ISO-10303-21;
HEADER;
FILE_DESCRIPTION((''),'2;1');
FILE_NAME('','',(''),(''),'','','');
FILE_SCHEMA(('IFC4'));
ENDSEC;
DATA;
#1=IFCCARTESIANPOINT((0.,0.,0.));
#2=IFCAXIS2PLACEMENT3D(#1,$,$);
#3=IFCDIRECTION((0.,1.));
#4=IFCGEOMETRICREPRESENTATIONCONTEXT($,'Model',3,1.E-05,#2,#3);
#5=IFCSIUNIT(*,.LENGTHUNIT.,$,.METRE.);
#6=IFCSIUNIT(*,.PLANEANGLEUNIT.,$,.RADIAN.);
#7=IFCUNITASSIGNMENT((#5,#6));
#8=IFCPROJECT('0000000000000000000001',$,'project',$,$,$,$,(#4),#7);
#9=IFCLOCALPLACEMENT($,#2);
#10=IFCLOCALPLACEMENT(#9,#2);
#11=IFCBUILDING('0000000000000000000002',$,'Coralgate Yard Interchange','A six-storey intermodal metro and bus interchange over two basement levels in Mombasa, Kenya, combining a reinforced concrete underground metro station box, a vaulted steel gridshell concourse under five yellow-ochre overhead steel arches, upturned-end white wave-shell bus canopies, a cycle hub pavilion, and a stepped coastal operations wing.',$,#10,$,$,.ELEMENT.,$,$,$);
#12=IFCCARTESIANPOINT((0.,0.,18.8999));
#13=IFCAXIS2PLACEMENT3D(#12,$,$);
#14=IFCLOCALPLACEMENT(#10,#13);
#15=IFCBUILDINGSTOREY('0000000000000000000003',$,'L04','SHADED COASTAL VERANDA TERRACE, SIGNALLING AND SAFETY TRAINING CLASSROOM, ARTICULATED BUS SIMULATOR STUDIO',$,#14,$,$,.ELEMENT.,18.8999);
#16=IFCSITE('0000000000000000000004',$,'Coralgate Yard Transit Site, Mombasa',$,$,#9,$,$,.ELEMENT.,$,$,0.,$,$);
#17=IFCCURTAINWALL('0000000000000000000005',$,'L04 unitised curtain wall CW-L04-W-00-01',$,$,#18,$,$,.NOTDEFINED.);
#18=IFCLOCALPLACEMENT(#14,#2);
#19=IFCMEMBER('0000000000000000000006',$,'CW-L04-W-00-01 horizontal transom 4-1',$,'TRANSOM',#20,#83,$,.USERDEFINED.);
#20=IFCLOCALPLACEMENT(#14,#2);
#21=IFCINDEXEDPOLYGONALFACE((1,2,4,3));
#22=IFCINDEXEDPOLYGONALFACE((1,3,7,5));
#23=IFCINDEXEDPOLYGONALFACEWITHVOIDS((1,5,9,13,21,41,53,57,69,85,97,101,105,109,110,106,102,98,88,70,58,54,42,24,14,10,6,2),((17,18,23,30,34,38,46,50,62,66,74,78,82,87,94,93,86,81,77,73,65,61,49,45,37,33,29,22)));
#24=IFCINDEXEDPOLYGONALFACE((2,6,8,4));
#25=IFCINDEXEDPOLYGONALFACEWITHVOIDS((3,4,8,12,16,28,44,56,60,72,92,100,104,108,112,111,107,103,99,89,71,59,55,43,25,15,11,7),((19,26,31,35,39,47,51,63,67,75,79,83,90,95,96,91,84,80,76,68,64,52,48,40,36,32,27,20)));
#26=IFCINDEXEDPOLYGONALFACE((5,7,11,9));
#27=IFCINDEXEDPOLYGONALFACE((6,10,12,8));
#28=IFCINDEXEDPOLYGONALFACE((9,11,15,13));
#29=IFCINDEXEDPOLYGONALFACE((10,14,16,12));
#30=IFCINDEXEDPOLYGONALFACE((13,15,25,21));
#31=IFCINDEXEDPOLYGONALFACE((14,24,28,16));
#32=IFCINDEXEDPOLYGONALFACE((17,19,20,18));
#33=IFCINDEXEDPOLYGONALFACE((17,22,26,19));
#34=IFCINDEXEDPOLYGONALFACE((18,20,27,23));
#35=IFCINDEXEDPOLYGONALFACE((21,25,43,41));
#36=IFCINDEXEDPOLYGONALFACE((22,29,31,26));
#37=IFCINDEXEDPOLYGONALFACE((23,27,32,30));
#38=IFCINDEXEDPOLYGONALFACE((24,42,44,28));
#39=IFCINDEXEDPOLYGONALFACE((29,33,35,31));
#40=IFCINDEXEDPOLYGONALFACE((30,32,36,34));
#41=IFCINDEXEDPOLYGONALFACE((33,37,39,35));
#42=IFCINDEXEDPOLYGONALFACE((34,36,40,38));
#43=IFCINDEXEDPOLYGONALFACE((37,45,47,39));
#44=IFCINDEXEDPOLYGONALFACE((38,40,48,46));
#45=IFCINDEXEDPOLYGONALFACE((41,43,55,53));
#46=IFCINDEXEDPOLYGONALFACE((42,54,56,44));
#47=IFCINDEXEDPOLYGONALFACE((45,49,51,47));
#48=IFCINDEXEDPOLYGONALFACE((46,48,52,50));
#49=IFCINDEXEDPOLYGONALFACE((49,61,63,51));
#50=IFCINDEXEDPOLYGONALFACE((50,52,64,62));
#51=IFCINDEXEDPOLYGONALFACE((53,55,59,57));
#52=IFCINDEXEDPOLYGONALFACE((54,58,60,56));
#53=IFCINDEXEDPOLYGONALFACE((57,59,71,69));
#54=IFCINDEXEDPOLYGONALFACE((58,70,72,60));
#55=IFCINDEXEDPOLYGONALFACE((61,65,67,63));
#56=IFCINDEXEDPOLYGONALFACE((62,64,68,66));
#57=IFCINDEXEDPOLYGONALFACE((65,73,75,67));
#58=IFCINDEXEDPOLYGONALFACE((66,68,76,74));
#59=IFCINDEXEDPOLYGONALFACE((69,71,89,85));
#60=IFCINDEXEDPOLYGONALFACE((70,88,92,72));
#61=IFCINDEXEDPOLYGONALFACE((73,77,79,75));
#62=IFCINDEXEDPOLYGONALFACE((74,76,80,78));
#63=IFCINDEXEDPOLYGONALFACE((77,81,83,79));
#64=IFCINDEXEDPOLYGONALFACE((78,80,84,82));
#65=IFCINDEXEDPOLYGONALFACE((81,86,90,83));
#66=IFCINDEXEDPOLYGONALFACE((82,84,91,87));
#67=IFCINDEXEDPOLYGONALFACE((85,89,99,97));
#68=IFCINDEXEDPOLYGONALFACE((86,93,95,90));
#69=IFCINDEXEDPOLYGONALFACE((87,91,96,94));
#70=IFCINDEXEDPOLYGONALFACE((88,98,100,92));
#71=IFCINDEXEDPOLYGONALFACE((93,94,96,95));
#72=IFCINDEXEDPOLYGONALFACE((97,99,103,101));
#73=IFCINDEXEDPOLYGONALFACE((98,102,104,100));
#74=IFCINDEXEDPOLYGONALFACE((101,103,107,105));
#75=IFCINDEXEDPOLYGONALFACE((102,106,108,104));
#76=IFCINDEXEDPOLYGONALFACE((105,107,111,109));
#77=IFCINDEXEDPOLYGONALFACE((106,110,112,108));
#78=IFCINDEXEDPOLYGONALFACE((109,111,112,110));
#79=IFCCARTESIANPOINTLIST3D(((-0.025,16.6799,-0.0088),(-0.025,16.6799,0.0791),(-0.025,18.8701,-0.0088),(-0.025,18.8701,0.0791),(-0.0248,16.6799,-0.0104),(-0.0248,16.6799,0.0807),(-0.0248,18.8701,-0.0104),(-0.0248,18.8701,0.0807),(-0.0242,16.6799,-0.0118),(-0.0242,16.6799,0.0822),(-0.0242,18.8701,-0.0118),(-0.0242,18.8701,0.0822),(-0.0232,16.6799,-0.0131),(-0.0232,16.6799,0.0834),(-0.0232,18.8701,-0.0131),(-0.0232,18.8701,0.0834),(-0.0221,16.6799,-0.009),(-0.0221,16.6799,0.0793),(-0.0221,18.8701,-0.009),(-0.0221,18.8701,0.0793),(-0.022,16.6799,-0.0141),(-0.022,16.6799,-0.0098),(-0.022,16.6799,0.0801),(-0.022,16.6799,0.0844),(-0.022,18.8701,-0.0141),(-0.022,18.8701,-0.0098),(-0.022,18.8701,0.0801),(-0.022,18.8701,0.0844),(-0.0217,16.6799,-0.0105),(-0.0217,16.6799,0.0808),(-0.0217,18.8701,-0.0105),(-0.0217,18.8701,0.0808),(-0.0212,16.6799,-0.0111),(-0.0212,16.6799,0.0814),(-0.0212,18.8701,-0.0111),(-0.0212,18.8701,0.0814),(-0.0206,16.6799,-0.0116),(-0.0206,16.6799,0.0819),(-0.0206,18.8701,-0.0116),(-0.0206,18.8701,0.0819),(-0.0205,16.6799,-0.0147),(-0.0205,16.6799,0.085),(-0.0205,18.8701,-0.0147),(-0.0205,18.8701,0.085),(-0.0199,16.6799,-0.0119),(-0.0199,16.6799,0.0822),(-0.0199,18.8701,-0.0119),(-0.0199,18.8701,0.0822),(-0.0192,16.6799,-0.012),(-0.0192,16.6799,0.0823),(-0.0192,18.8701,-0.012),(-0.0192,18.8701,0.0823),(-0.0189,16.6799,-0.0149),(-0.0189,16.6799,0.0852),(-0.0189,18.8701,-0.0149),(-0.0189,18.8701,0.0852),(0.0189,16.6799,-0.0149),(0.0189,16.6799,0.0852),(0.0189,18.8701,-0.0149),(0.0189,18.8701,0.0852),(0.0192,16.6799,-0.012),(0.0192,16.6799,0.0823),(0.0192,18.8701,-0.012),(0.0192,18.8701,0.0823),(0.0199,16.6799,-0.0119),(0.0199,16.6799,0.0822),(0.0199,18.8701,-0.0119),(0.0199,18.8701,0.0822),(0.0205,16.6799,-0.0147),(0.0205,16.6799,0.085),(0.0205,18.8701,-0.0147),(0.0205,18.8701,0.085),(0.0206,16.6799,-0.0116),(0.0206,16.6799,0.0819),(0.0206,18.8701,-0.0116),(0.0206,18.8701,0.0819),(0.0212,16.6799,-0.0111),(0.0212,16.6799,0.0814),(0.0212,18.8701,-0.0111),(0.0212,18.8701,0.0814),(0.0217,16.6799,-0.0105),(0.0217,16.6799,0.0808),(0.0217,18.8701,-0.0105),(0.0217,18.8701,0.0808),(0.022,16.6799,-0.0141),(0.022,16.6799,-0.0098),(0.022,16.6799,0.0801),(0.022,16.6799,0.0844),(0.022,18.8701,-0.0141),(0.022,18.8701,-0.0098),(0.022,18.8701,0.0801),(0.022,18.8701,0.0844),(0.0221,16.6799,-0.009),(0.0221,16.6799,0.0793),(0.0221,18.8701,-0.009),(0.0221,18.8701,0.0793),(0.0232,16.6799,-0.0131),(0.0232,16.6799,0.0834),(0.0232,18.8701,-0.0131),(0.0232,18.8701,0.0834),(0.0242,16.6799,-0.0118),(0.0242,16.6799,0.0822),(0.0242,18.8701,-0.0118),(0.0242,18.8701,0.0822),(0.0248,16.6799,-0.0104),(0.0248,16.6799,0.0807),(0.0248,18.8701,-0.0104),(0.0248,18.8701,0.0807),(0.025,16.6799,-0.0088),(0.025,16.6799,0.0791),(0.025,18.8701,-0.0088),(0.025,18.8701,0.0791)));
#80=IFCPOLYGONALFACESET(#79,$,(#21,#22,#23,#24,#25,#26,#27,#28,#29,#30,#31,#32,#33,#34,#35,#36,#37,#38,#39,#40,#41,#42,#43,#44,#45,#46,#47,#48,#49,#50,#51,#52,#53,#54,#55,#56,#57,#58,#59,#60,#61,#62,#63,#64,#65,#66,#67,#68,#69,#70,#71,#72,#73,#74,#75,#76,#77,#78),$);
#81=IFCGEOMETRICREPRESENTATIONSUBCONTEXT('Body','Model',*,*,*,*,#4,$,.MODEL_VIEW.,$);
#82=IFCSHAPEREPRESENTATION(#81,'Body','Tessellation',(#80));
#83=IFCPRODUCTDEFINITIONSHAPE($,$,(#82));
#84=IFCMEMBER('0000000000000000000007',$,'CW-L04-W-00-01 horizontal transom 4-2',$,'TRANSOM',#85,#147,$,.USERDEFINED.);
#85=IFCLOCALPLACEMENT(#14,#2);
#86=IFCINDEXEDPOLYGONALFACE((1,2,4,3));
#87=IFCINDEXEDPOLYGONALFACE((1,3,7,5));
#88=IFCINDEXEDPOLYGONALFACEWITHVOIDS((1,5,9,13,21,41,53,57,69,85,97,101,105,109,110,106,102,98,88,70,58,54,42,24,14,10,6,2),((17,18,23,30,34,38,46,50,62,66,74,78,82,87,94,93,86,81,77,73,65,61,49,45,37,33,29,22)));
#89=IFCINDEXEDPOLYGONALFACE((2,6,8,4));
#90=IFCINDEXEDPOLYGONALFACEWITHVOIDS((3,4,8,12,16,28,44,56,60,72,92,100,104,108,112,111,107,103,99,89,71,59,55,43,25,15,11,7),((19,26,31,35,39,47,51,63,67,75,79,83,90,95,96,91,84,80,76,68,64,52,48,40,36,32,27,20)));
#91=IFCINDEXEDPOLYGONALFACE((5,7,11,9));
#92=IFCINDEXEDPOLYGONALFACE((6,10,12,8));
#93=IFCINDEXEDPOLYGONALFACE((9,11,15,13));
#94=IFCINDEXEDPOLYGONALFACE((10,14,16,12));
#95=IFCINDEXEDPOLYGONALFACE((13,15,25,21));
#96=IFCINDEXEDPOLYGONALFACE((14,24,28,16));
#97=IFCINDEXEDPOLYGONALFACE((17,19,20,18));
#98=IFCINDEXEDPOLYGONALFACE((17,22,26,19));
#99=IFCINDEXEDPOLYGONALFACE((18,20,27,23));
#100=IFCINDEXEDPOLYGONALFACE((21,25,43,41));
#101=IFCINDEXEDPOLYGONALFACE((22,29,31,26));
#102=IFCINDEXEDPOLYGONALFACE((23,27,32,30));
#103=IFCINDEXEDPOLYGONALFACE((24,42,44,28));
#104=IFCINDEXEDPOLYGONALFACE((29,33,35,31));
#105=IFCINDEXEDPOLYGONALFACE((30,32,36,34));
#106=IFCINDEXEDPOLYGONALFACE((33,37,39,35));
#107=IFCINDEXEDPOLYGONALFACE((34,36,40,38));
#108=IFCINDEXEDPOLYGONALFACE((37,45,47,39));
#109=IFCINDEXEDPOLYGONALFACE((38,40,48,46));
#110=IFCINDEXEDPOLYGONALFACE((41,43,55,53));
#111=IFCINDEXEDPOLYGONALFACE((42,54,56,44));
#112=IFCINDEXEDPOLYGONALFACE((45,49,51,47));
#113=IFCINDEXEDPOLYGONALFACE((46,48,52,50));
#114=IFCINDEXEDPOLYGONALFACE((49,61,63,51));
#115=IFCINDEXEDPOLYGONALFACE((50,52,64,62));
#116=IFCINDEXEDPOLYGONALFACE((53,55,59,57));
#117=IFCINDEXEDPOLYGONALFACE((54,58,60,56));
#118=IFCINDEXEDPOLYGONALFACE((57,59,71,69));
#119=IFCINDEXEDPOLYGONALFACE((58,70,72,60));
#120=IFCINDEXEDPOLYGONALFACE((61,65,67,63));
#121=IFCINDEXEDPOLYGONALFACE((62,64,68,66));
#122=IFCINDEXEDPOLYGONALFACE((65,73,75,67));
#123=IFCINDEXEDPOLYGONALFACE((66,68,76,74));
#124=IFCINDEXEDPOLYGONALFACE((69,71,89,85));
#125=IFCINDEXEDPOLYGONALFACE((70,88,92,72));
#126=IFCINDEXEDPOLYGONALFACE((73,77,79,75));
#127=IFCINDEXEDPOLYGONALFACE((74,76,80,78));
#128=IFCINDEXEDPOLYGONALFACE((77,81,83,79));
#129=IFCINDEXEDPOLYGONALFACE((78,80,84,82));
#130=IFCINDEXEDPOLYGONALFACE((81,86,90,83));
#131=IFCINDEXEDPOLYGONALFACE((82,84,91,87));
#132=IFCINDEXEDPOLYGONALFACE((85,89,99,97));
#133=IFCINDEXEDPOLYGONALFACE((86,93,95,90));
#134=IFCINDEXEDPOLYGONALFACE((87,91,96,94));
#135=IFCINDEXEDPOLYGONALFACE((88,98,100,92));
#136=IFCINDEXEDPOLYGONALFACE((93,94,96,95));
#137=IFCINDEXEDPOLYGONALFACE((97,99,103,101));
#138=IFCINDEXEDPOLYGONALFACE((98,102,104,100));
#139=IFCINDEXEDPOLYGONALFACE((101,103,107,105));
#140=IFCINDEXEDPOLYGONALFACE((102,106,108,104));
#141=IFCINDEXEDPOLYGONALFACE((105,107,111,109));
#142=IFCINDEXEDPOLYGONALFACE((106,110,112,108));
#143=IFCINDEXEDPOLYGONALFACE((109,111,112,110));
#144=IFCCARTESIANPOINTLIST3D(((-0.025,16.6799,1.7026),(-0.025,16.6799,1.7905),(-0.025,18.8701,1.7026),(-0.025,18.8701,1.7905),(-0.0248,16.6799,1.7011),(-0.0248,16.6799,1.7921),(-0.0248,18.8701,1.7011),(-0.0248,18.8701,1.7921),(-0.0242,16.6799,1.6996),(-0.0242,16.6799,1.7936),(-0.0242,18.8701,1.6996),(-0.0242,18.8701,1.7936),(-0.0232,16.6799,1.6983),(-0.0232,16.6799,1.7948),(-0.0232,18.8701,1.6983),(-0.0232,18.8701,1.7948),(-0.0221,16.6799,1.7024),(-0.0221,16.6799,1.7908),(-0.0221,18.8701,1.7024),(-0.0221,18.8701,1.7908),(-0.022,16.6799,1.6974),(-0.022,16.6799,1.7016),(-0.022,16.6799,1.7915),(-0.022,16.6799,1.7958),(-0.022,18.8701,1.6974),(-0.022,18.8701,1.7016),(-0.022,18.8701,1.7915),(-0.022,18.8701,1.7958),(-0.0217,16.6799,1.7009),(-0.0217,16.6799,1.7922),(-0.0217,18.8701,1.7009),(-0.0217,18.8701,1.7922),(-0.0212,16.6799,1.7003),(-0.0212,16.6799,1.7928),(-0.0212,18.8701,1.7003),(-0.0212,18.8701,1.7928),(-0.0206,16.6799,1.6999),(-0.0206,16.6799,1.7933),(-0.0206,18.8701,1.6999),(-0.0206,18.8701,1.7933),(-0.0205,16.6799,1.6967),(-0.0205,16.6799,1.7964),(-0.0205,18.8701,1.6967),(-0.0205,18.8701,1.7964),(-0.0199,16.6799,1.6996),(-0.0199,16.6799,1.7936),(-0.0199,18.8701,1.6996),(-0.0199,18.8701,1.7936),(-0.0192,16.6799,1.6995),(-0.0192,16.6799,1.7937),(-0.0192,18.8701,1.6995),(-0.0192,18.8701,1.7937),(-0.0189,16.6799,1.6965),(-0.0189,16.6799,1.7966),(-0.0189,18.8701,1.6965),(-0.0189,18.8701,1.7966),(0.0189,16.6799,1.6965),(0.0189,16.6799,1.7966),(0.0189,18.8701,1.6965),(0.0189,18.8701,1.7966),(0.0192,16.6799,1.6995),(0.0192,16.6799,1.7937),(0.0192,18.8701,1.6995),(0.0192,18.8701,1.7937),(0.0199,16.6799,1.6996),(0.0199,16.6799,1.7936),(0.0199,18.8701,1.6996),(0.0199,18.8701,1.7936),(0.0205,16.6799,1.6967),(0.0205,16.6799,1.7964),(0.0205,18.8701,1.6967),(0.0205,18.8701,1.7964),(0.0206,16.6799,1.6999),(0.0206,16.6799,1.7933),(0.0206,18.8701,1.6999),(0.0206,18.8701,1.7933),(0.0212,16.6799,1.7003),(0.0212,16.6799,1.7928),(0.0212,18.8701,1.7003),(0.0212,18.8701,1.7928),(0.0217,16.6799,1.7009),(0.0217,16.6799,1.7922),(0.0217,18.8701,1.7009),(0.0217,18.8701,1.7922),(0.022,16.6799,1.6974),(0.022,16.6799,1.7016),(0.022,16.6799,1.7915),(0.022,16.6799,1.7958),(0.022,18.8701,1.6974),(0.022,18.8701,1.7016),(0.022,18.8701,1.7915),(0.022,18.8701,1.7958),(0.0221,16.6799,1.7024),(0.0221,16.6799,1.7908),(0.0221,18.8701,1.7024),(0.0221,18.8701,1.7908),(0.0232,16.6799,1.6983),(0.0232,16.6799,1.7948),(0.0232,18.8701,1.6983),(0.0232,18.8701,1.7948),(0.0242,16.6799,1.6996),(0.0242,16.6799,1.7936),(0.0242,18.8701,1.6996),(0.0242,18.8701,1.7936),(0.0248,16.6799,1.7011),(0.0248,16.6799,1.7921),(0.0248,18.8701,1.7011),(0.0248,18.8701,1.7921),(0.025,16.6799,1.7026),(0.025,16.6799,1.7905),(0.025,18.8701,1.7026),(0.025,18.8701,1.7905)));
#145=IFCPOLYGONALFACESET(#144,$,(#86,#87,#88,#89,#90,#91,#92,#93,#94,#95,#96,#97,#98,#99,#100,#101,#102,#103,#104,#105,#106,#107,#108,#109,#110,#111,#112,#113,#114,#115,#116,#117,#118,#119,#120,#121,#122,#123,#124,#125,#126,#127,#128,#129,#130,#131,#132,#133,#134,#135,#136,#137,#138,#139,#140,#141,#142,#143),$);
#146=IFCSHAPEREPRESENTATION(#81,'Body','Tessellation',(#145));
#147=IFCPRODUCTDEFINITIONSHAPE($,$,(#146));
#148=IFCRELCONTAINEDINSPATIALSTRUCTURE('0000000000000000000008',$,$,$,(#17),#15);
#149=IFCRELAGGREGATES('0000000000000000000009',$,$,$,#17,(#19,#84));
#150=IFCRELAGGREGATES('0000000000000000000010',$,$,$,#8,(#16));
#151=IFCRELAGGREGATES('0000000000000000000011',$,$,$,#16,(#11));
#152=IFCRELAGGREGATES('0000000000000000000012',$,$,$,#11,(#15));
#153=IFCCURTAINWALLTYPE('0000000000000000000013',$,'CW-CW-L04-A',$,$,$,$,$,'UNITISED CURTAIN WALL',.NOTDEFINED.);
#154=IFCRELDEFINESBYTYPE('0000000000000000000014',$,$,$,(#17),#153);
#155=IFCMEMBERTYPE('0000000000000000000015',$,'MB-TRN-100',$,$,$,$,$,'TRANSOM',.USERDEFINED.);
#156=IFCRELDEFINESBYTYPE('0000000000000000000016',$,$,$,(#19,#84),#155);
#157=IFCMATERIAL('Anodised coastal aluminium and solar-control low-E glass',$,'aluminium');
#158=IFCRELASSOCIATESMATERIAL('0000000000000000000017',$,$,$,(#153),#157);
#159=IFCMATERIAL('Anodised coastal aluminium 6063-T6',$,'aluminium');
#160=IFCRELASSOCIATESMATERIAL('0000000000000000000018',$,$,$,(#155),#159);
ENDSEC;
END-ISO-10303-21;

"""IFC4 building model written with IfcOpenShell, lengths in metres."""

from ifc_helpers import new_model, si_unit, direction, frame, origin, origin_2d, place, context, subcontext, project, spatial, hollow_rectangle, extrude, material, material_profile, profile_set, type_object, element, aggregate, save


model = new_model("IFC4")

# Units and contexts
model_context = context("Model", 3, precision=1e-05, world=origin(), true_north=direction((0.0, 1.0)))
body_context = subcontext(model_context, "Body", "Model", "MODEL_VIEW")
ifc_project = project(units=[si_unit("LENGTHUNIT", "METRE"), si_unit("PLANEANGLEUNIT", "RADIAN")], contexts=[model_context])

# Site, building, storey
site_placement = place(None, origin())
site = spatial("IfcSite", under=ifc_project, at=site_placement, Name="Coralgate Yard Transit Site, Mombasa", CompositionType="ELEMENT", RefElevation=0.0)
building_placement = place(site_placement, origin())
building = spatial("IfcBuilding", under=site, at=building_placement, Name="Coralgate Yard Interchange", Description="A six-storey intermodal metro and bus interchange over two basement levels in Mombasa, Kenya, combining a reinforced concrete underground metro station box, a vaulted steel gridshell concourse under five yellow-ochre overhead steel arches, upturned-end white wave-shell bus canopies, a cycle hub pavilion, and a stepped coastal operations wing.", CompositionType="ELEMENT")
storey_placement = place(building_placement, frame((0.0, 0.0, 18.8999)))
storey = spatial("IfcBuildingStorey", under=building, at=storey_placement, Name="L04", Description="SHADED COASTAL VERANDA TERRACE, SIGNALLING AND SAFETY TRAINING CLASSROOM, ARTICULATED BUS SIMULATOR STUDIO", CompositionType="ELEMENT", Elevation=18.8999)

# Curtain wall, members
ifc_material_1 = material(Name="Anodised coastal aluminium and solar-control low-E glass", Category="aluminium")
curtain_wall_type = type_object("IfcCurtainWallType", Name="CW-CW-L04-A", ElementType="UNITISED CURTAIN WALL", PredefinedType="NOTDEFINED", material=ifc_material_1)
curtain_wall_placement = place(storey_placement, origin())
curtain_wall = element("IfcCurtainWall", 1, at=curtain_wall_placement, inside=storey, type_object=curtain_wall_type, Name="L04 unitised curtain wall CW-L04-W-00-01", PredefinedType="NOTDEFINED")
ifc_material_2 = material(Name="Anodised coastal aluminium 6063-T6", Category="aluminium")
ifc_material_profile_1 = material_profile(ifc_material_2, hollow_rectangle(XDim=0.05, YDim=0.1001, WallThickness=0.0029, InnerFilletRadius=0.0029, OuterFilletRadius=0.0061, at=origin_2d()), Name="ALU 50x100x3")
ifc_profile_set_1 = profile_set([ifc_material_profile_1], Name="Anodised coastal aluminium 6063-T6")
member_type_1 = type_object("IfcMemberType", Name="MB-TRN-100", ElementType="TRANSOM", PredefinedType="USERDEFINED", material=ifc_profile_set_1)
member_1_placement = place(storey_placement, frame((0.0, 16.6799, 0.0352), z_axis=(0.0, 1.0, 0.0), x_axis=(-1.0, 0.0, 0.0)))
member_1 = element("IfcMember", 2, at=member_1_placement, type_object=member_type_1, Name="CW-L04-W-00-01 horizontal transom 4-1", ObjectType="TRANSOM", PredefinedType="USERDEFINED", context=body_context, shape_type="SweptSolid", body=[
    extrude(hollow_rectangle(XDim=0.05, YDim=0.1001, WallThickness=0.0029, InnerFilletRadius=0.0029, OuterFilletRadius=0.0061, at=origin_2d()), origin(), (0.0, 0.0, 1.0), 2.1902),
])
member_2_placement = place(storey_placement, frame((0.0, 16.6799, 1.7466), z_axis=(0.0, 1.0, 0.0), x_axis=(-1.0, 0.0, 0.0)))
member_2 = element("IfcMember", 3, at=member_2_placement, type_object=member_type_1, Name="CW-L04-W-00-01 horizontal transom 4-2", ObjectType="TRANSOM", PredefinedType="USERDEFINED", context=body_context, shape_type="SweptSolid", body=[
    extrude(hollow_rectangle(XDim=0.05, YDim=0.1001, WallThickness=0.0029, InnerFilletRadius=0.0029, OuterFilletRadius=0.0061, at=origin_2d()), origin(), (0.0, 0.0, 1.0), 2.1902),
])
aggregate(curtain_wall, [member_1, member_2])

save(model, "model.ifc")
